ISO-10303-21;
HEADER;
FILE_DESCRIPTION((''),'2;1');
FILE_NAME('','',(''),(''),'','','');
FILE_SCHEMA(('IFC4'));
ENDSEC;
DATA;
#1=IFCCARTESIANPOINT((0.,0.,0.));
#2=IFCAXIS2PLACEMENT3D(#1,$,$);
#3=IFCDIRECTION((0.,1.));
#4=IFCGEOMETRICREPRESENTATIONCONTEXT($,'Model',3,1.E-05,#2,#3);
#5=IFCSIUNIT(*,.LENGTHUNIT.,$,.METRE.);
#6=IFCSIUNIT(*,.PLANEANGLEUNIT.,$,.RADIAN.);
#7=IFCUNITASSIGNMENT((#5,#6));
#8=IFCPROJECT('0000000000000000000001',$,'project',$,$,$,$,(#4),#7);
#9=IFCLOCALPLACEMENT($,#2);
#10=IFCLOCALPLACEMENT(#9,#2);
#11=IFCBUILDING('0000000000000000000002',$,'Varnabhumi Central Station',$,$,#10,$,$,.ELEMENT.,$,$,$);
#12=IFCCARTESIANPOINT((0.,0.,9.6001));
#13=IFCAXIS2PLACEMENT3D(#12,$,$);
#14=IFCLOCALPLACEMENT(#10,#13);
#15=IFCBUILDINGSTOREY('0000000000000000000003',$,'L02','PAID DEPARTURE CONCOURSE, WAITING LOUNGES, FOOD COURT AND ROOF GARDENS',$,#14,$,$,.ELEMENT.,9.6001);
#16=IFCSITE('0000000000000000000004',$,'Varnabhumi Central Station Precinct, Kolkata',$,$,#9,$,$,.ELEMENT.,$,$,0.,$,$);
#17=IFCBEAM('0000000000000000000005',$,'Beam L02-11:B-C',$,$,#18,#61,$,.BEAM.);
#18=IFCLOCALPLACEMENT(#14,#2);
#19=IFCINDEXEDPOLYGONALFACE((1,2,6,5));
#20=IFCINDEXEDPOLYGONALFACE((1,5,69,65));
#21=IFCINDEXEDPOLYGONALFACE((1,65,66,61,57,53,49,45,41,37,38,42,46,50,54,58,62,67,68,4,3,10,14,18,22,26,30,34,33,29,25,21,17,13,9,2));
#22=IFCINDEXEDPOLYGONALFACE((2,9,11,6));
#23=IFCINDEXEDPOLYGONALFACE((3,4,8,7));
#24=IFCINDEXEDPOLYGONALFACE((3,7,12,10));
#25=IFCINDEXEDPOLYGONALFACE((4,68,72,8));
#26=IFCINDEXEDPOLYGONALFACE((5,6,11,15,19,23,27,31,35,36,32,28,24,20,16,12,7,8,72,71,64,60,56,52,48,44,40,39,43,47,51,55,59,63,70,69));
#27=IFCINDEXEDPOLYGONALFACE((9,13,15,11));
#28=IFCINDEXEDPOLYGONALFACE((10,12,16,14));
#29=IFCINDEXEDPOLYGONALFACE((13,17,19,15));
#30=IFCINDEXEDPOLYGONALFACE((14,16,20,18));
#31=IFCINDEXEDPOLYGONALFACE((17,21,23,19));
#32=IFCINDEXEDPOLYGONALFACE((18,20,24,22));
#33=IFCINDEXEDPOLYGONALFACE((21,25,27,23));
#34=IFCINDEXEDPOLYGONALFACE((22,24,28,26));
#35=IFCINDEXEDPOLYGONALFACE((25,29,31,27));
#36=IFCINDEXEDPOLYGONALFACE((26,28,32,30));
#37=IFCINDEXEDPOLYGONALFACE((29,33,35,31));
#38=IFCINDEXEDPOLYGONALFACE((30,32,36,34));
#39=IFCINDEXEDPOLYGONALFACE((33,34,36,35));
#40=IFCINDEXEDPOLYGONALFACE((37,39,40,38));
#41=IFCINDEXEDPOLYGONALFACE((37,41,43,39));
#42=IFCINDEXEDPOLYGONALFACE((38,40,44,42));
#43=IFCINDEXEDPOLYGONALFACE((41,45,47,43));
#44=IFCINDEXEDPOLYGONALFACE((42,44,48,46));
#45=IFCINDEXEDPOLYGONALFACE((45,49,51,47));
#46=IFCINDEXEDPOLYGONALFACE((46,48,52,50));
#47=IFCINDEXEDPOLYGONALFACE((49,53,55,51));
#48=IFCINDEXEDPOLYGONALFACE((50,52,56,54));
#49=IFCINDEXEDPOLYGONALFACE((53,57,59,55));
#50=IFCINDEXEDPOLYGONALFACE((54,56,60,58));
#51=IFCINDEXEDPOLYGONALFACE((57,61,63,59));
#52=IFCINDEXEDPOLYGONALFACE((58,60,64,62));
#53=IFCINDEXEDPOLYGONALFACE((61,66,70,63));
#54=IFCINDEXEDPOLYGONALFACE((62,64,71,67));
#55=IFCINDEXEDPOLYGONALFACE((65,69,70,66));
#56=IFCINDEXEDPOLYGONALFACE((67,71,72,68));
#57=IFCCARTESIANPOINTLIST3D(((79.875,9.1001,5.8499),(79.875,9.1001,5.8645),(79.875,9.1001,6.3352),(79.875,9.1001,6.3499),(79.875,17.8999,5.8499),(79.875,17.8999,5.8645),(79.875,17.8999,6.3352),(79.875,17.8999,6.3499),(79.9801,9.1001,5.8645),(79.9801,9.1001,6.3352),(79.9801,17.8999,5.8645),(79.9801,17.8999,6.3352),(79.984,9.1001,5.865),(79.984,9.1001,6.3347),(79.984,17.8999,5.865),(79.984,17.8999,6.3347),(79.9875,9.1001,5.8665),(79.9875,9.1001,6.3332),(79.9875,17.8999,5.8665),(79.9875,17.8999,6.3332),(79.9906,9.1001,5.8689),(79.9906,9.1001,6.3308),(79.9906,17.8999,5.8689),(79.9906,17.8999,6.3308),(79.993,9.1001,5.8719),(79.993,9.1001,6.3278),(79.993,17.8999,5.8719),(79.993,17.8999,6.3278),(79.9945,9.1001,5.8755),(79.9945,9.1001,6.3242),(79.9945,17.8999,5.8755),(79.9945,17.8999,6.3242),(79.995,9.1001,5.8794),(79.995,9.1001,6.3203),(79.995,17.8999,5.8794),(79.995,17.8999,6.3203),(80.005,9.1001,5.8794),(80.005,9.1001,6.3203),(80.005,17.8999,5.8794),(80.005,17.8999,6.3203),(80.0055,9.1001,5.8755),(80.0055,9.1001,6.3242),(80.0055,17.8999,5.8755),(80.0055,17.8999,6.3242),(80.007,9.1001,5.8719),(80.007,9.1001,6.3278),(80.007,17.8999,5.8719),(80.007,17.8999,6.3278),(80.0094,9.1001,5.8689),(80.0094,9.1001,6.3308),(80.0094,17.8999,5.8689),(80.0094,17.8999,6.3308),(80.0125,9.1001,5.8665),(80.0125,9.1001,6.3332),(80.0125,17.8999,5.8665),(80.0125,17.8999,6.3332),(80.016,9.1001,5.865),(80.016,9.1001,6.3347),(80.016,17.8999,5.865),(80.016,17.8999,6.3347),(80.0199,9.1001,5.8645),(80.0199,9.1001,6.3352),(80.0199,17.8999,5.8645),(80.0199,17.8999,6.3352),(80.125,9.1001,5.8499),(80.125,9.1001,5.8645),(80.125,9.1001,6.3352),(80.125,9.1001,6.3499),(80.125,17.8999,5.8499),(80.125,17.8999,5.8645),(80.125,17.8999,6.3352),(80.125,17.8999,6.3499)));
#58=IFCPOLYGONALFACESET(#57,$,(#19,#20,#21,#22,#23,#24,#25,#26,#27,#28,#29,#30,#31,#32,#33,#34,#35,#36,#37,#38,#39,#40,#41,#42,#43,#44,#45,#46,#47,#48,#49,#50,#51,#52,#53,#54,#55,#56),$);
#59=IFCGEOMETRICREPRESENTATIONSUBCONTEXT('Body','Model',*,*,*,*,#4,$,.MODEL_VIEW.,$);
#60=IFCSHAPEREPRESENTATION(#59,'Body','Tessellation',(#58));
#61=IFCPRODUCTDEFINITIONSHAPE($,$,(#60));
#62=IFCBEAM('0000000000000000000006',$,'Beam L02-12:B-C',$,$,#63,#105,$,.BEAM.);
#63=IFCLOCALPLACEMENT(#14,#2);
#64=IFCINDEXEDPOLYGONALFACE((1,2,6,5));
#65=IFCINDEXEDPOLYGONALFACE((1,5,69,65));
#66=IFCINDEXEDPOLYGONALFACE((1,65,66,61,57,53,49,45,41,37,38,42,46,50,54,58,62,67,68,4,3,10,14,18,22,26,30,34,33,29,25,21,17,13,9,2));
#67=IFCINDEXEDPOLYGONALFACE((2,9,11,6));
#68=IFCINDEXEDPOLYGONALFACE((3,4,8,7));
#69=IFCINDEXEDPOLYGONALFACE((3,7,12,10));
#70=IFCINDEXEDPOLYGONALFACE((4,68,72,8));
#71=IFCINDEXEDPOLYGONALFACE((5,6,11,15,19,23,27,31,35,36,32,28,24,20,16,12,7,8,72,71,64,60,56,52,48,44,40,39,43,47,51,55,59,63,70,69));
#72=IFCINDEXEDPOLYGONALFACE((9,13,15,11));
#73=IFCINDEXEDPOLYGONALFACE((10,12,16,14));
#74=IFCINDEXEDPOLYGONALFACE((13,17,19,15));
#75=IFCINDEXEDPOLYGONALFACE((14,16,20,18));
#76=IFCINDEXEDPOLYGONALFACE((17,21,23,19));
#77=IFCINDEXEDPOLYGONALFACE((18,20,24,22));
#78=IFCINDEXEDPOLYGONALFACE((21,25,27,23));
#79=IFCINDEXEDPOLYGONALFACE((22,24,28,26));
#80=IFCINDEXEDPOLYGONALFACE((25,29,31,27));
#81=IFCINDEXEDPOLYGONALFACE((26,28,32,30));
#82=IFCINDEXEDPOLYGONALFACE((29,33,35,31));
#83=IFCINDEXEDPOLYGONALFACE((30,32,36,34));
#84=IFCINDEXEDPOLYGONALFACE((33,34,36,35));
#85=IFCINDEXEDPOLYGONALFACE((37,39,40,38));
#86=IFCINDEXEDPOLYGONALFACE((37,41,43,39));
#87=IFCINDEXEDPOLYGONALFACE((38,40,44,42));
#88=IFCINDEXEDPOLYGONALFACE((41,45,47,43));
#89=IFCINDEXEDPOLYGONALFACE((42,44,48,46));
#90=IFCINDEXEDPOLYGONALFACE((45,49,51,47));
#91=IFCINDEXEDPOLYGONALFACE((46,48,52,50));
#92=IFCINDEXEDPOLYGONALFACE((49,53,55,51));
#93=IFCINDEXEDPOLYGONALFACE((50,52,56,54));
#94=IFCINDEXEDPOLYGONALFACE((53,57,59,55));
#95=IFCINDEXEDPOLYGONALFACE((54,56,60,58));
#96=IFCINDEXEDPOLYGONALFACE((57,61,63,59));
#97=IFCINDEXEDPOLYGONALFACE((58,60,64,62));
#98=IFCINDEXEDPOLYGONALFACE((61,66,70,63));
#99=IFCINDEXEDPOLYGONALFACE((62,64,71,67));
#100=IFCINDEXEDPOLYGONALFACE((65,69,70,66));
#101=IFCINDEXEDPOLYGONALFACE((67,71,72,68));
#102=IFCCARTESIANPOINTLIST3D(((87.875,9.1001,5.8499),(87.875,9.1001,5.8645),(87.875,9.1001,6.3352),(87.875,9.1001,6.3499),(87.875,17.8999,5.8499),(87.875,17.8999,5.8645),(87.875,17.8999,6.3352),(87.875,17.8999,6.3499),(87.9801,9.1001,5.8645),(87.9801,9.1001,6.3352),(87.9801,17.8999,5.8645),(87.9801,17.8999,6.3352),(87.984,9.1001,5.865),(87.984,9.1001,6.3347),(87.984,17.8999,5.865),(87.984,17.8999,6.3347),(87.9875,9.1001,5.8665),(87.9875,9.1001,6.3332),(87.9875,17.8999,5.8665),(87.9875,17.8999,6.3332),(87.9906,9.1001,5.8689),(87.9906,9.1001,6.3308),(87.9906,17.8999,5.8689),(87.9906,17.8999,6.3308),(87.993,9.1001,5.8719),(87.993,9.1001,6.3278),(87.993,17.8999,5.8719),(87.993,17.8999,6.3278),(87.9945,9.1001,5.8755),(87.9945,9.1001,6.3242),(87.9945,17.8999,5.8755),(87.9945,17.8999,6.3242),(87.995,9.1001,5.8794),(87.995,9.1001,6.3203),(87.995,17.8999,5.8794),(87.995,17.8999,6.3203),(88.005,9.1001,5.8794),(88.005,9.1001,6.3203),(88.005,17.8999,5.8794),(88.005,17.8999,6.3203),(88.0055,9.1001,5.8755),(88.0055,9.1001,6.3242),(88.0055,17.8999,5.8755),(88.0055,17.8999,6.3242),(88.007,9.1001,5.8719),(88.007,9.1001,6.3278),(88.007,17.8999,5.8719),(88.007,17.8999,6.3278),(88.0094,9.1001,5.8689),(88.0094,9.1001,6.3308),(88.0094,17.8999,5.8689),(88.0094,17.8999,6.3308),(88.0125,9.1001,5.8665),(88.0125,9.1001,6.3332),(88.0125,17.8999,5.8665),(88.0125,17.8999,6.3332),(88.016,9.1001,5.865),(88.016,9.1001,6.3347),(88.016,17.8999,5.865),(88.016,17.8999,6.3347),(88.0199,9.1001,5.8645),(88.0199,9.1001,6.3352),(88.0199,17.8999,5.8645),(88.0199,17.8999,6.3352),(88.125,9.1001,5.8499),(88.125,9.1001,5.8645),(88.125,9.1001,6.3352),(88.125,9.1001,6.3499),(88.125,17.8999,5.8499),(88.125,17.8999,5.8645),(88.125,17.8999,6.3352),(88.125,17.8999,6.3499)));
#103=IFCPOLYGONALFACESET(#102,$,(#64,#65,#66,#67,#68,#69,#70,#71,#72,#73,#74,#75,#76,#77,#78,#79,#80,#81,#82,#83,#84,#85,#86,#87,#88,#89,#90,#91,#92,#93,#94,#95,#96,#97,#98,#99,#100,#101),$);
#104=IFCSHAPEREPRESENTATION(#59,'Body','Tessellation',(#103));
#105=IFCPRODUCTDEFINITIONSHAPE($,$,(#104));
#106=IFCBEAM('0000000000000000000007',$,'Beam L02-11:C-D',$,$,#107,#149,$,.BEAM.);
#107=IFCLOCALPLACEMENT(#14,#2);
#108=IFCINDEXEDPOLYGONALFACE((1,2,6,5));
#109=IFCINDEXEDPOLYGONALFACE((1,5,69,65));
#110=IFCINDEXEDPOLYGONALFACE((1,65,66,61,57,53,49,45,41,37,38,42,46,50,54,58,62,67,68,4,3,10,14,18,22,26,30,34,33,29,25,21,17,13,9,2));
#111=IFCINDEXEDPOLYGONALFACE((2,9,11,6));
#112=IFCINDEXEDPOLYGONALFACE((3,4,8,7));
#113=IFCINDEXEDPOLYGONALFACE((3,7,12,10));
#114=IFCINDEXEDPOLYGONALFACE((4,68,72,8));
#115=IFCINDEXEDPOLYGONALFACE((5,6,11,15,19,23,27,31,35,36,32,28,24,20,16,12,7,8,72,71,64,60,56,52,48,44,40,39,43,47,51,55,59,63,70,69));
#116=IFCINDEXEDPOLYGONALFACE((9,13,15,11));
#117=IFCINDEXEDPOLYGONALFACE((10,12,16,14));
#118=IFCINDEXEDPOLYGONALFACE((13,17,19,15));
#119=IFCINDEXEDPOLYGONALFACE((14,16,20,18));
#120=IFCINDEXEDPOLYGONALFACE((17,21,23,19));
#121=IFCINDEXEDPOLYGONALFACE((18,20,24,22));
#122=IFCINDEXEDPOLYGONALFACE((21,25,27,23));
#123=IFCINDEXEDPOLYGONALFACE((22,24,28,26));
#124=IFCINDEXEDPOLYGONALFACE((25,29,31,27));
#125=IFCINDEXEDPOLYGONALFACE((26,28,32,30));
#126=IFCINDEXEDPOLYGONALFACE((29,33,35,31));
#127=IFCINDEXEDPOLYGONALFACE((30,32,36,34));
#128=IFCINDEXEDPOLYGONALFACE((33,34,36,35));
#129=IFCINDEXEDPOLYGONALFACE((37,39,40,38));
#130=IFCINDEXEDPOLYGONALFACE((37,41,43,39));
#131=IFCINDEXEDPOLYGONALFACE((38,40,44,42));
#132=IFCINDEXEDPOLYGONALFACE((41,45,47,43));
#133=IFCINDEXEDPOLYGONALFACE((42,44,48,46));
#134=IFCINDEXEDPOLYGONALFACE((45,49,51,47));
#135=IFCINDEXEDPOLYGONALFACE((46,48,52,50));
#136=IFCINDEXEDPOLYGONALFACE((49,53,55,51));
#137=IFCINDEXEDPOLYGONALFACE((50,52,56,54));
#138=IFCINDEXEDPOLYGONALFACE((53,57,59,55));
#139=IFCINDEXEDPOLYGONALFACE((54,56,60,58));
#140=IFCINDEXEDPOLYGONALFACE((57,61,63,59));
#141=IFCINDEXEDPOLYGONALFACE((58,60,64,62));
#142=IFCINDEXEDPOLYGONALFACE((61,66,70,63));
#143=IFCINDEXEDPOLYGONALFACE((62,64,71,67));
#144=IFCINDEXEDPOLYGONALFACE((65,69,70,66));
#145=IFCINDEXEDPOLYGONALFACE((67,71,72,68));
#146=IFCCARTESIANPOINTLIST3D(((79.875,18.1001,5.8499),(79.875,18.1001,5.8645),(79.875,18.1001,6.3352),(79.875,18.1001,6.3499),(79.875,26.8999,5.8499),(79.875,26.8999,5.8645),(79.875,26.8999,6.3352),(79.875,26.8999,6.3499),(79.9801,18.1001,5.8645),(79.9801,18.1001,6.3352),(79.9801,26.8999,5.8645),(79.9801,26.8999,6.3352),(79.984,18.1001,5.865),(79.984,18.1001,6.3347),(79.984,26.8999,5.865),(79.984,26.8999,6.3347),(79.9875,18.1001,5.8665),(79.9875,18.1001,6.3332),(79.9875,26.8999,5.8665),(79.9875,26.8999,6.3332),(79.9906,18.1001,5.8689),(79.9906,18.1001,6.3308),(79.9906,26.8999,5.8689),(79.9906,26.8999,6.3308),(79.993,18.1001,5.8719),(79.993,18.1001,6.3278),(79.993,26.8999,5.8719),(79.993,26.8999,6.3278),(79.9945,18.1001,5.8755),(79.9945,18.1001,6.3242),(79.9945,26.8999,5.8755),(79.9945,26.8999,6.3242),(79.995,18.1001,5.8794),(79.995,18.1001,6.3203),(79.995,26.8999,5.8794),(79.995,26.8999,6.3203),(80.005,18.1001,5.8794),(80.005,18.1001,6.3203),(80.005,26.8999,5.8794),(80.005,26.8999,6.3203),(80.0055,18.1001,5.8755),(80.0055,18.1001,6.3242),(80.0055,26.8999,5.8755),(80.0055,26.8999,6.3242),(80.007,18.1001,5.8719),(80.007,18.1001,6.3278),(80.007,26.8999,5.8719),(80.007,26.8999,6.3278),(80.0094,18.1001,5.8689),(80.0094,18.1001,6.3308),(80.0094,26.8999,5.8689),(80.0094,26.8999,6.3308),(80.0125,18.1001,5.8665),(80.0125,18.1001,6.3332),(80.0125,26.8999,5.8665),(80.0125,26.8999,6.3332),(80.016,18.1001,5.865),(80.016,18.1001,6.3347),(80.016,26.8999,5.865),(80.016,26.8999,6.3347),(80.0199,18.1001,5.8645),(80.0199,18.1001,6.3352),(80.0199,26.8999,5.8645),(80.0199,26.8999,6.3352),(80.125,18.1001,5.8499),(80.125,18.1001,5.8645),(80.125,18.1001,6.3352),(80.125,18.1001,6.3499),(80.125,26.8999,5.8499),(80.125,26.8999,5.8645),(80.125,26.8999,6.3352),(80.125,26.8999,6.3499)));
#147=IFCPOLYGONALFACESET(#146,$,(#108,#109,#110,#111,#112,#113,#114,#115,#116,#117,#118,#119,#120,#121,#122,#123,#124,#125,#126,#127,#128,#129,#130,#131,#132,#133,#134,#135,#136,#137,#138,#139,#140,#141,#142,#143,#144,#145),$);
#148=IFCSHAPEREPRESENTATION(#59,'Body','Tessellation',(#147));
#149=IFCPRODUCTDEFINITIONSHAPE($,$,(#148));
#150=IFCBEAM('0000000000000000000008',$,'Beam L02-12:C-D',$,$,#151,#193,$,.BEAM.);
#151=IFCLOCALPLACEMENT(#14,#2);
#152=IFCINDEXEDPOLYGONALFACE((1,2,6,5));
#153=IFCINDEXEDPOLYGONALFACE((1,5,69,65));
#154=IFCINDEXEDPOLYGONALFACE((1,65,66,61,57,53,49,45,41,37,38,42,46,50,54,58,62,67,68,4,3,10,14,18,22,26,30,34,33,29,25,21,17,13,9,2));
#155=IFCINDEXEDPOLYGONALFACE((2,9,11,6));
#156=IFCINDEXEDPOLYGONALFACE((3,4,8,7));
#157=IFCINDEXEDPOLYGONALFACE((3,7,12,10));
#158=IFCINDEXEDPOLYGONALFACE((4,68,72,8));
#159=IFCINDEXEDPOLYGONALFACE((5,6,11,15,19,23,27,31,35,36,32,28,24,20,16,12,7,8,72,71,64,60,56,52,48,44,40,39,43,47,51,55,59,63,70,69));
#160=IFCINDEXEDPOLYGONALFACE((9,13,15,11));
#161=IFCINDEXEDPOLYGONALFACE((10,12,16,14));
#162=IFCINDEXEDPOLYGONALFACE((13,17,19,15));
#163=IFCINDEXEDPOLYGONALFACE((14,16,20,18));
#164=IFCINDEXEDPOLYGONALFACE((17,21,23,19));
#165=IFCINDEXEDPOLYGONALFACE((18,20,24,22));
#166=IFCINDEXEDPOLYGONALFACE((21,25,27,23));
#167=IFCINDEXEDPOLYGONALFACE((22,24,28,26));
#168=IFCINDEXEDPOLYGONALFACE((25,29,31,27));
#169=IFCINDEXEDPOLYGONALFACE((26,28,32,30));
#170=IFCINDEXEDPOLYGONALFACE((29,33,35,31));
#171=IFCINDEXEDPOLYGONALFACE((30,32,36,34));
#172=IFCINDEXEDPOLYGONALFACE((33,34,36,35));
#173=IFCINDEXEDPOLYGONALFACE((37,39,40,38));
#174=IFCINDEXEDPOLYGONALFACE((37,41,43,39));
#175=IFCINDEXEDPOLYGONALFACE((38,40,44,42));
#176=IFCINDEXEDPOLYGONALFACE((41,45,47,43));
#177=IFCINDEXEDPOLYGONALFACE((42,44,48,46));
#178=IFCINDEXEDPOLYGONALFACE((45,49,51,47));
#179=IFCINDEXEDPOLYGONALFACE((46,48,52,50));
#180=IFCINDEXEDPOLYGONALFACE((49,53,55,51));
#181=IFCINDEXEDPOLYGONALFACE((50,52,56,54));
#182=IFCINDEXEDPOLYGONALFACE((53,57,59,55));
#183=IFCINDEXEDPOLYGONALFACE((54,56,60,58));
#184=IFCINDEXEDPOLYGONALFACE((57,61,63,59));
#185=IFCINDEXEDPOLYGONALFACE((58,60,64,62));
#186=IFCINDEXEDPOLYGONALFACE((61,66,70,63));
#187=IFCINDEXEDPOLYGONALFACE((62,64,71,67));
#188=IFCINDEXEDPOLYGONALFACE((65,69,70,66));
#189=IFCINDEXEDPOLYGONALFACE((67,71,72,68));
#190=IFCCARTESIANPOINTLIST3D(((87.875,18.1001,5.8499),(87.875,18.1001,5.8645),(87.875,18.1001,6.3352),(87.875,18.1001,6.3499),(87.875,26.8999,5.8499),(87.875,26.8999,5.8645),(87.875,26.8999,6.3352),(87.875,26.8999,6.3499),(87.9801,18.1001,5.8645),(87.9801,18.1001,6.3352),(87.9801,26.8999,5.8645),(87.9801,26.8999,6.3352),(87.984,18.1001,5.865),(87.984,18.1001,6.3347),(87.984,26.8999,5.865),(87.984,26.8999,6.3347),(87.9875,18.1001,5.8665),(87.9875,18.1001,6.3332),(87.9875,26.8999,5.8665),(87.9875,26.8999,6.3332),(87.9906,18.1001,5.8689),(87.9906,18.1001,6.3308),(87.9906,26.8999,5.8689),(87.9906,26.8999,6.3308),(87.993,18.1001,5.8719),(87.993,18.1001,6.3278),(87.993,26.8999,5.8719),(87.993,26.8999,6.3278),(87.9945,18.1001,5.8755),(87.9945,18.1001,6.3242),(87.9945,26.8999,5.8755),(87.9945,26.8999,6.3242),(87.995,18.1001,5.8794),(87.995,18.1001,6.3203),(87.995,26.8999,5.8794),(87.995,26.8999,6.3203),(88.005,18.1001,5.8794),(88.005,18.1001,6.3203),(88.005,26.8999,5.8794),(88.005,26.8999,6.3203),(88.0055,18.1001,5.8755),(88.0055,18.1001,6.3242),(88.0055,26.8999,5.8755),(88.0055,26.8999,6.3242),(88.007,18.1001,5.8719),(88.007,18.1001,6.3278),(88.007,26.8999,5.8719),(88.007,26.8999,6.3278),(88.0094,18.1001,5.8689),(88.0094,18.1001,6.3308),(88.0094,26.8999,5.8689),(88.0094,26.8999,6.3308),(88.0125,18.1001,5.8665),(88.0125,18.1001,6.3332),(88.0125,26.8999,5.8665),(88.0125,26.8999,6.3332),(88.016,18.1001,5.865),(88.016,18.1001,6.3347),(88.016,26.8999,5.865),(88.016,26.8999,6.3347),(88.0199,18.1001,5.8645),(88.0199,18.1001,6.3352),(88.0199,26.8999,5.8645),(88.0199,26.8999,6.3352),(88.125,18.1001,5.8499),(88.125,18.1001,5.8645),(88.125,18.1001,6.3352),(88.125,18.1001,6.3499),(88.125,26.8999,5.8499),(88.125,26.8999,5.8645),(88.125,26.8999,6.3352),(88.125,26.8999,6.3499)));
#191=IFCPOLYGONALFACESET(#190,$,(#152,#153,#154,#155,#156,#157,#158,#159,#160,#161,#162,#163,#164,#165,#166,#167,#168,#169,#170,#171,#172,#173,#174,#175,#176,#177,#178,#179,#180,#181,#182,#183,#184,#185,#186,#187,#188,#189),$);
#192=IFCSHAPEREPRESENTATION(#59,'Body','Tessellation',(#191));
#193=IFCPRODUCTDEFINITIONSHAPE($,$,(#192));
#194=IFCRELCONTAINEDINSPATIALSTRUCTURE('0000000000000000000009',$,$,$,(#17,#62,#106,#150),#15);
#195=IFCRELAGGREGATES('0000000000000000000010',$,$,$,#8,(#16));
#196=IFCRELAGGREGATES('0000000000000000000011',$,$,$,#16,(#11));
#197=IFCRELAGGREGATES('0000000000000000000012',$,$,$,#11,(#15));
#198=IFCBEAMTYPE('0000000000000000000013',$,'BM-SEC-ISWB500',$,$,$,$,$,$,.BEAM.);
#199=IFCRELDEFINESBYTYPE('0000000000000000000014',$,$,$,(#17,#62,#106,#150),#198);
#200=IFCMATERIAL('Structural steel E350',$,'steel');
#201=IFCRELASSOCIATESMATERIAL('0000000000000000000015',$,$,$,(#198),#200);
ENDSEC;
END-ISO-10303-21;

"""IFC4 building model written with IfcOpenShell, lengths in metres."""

from ifc_helpers import new_model, si_unit, direction, frame, origin, origin_2d, place, context, subcontext, project, spatial, i_section, extrude, material, material_profile, profile_set, type_object, element, save


model = new_model("IFC4")

# Units and contexts
model_context = context("Model", 3, precision=1e-05, world=origin(), true_north=direction((0.0, 1.0)))
body_context = subcontext(model_context, "Body", "Model", "MODEL_VIEW")
ifc_project = project(units=[si_unit("LENGTHUNIT", "METRE"), si_unit("PLANEANGLEUNIT", "RADIAN")], contexts=[model_context])

# Site, building, storey
site_placement = place(None, origin())
site = spatial("IfcSite", under=ifc_project, at=site_placement, Name="Varnabhumi Central Station Precinct, Kolkata", CompositionType="ELEMENT", RefElevation=0.0)
building_placement = place(site_placement, origin())
building = spatial("IfcBuilding", under=site, at=building_placement, Name="Varnabhumi Central Station", CompositionType="ELEMENT")
storey_placement = place(building_placement, frame((0.0, 0.0, 9.6001)))
storey = spatial("IfcBuildingStorey", under=building, at=storey_placement, Name="L02", Description="PAID DEPARTURE CONCOURSE, WAITING LOUNGES, FOOD COURT AND ROOF GARDENS", CompositionType="ELEMENT", Elevation=9.6001)

# Beams
ifc_material_1 = material(Name="Structural steel E350", Category="steel")
ifc_material_profile_1 = material_profile(ifc_material_1, i_section(OverallWidth=0.25, OverallDepth=0.5, WebThickness=0.01, FlangeThickness=0.0146, FilletRadius=0.0149, at=origin_2d()), Name="Structural steel E350", Category="steel")
ifc_profile_set_1 = profile_set([ifc_material_profile_1], Name="Structural steel E350")
beam_type_1 = type_object("IfcBeamType", Name="BM-SEC-ISWB500", PredefinedType="BEAM", material=ifc_profile_set_1)
for number, where, z_axis, x_axis, name in (
    (1, (80.0, 9.1001, 6.0999), (0.0, 1.0, 0.0), (-1.0, 0.0, 0.0), "Beam L02-11:B-C"),
    (2, (88.0, 9.1001, 6.0999), (0.0, 1.0, 0.0), (-1.0, 0.0, 0.0), "Beam L02-12:B-C"),
    (3, (80.0, 18.1001, 6.0999), (0.0, 1.0, 0.0), (-1.0, 0.0, 0.0), "Beam L02-11:C-D"),
    (4, (88.0, 18.1001, 6.0999), (0.0, 1.0, 0.0), (-1.0, 0.0, 0.0), "Beam L02-12:C-D"),
):
    element("IfcBeam", number, at=place(storey_placement, frame(where, z_axis=z_axis, x_axis=x_axis)), inside=storey, type_object=beam_type_1, Name=name, PredefinedType="BEAM", context=body_context, shape_type="SweptSolid", body=[
        extrude(i_section(OverallWidth=0.25, OverallDepth=0.5, WebThickness=0.01, FlangeThickness=0.0146, FilletRadius=0.0149, at=origin_2d()), origin(), (0.0, 0.0, 1.0), 8.7998),
    ])

save(model, "model.ifc")
